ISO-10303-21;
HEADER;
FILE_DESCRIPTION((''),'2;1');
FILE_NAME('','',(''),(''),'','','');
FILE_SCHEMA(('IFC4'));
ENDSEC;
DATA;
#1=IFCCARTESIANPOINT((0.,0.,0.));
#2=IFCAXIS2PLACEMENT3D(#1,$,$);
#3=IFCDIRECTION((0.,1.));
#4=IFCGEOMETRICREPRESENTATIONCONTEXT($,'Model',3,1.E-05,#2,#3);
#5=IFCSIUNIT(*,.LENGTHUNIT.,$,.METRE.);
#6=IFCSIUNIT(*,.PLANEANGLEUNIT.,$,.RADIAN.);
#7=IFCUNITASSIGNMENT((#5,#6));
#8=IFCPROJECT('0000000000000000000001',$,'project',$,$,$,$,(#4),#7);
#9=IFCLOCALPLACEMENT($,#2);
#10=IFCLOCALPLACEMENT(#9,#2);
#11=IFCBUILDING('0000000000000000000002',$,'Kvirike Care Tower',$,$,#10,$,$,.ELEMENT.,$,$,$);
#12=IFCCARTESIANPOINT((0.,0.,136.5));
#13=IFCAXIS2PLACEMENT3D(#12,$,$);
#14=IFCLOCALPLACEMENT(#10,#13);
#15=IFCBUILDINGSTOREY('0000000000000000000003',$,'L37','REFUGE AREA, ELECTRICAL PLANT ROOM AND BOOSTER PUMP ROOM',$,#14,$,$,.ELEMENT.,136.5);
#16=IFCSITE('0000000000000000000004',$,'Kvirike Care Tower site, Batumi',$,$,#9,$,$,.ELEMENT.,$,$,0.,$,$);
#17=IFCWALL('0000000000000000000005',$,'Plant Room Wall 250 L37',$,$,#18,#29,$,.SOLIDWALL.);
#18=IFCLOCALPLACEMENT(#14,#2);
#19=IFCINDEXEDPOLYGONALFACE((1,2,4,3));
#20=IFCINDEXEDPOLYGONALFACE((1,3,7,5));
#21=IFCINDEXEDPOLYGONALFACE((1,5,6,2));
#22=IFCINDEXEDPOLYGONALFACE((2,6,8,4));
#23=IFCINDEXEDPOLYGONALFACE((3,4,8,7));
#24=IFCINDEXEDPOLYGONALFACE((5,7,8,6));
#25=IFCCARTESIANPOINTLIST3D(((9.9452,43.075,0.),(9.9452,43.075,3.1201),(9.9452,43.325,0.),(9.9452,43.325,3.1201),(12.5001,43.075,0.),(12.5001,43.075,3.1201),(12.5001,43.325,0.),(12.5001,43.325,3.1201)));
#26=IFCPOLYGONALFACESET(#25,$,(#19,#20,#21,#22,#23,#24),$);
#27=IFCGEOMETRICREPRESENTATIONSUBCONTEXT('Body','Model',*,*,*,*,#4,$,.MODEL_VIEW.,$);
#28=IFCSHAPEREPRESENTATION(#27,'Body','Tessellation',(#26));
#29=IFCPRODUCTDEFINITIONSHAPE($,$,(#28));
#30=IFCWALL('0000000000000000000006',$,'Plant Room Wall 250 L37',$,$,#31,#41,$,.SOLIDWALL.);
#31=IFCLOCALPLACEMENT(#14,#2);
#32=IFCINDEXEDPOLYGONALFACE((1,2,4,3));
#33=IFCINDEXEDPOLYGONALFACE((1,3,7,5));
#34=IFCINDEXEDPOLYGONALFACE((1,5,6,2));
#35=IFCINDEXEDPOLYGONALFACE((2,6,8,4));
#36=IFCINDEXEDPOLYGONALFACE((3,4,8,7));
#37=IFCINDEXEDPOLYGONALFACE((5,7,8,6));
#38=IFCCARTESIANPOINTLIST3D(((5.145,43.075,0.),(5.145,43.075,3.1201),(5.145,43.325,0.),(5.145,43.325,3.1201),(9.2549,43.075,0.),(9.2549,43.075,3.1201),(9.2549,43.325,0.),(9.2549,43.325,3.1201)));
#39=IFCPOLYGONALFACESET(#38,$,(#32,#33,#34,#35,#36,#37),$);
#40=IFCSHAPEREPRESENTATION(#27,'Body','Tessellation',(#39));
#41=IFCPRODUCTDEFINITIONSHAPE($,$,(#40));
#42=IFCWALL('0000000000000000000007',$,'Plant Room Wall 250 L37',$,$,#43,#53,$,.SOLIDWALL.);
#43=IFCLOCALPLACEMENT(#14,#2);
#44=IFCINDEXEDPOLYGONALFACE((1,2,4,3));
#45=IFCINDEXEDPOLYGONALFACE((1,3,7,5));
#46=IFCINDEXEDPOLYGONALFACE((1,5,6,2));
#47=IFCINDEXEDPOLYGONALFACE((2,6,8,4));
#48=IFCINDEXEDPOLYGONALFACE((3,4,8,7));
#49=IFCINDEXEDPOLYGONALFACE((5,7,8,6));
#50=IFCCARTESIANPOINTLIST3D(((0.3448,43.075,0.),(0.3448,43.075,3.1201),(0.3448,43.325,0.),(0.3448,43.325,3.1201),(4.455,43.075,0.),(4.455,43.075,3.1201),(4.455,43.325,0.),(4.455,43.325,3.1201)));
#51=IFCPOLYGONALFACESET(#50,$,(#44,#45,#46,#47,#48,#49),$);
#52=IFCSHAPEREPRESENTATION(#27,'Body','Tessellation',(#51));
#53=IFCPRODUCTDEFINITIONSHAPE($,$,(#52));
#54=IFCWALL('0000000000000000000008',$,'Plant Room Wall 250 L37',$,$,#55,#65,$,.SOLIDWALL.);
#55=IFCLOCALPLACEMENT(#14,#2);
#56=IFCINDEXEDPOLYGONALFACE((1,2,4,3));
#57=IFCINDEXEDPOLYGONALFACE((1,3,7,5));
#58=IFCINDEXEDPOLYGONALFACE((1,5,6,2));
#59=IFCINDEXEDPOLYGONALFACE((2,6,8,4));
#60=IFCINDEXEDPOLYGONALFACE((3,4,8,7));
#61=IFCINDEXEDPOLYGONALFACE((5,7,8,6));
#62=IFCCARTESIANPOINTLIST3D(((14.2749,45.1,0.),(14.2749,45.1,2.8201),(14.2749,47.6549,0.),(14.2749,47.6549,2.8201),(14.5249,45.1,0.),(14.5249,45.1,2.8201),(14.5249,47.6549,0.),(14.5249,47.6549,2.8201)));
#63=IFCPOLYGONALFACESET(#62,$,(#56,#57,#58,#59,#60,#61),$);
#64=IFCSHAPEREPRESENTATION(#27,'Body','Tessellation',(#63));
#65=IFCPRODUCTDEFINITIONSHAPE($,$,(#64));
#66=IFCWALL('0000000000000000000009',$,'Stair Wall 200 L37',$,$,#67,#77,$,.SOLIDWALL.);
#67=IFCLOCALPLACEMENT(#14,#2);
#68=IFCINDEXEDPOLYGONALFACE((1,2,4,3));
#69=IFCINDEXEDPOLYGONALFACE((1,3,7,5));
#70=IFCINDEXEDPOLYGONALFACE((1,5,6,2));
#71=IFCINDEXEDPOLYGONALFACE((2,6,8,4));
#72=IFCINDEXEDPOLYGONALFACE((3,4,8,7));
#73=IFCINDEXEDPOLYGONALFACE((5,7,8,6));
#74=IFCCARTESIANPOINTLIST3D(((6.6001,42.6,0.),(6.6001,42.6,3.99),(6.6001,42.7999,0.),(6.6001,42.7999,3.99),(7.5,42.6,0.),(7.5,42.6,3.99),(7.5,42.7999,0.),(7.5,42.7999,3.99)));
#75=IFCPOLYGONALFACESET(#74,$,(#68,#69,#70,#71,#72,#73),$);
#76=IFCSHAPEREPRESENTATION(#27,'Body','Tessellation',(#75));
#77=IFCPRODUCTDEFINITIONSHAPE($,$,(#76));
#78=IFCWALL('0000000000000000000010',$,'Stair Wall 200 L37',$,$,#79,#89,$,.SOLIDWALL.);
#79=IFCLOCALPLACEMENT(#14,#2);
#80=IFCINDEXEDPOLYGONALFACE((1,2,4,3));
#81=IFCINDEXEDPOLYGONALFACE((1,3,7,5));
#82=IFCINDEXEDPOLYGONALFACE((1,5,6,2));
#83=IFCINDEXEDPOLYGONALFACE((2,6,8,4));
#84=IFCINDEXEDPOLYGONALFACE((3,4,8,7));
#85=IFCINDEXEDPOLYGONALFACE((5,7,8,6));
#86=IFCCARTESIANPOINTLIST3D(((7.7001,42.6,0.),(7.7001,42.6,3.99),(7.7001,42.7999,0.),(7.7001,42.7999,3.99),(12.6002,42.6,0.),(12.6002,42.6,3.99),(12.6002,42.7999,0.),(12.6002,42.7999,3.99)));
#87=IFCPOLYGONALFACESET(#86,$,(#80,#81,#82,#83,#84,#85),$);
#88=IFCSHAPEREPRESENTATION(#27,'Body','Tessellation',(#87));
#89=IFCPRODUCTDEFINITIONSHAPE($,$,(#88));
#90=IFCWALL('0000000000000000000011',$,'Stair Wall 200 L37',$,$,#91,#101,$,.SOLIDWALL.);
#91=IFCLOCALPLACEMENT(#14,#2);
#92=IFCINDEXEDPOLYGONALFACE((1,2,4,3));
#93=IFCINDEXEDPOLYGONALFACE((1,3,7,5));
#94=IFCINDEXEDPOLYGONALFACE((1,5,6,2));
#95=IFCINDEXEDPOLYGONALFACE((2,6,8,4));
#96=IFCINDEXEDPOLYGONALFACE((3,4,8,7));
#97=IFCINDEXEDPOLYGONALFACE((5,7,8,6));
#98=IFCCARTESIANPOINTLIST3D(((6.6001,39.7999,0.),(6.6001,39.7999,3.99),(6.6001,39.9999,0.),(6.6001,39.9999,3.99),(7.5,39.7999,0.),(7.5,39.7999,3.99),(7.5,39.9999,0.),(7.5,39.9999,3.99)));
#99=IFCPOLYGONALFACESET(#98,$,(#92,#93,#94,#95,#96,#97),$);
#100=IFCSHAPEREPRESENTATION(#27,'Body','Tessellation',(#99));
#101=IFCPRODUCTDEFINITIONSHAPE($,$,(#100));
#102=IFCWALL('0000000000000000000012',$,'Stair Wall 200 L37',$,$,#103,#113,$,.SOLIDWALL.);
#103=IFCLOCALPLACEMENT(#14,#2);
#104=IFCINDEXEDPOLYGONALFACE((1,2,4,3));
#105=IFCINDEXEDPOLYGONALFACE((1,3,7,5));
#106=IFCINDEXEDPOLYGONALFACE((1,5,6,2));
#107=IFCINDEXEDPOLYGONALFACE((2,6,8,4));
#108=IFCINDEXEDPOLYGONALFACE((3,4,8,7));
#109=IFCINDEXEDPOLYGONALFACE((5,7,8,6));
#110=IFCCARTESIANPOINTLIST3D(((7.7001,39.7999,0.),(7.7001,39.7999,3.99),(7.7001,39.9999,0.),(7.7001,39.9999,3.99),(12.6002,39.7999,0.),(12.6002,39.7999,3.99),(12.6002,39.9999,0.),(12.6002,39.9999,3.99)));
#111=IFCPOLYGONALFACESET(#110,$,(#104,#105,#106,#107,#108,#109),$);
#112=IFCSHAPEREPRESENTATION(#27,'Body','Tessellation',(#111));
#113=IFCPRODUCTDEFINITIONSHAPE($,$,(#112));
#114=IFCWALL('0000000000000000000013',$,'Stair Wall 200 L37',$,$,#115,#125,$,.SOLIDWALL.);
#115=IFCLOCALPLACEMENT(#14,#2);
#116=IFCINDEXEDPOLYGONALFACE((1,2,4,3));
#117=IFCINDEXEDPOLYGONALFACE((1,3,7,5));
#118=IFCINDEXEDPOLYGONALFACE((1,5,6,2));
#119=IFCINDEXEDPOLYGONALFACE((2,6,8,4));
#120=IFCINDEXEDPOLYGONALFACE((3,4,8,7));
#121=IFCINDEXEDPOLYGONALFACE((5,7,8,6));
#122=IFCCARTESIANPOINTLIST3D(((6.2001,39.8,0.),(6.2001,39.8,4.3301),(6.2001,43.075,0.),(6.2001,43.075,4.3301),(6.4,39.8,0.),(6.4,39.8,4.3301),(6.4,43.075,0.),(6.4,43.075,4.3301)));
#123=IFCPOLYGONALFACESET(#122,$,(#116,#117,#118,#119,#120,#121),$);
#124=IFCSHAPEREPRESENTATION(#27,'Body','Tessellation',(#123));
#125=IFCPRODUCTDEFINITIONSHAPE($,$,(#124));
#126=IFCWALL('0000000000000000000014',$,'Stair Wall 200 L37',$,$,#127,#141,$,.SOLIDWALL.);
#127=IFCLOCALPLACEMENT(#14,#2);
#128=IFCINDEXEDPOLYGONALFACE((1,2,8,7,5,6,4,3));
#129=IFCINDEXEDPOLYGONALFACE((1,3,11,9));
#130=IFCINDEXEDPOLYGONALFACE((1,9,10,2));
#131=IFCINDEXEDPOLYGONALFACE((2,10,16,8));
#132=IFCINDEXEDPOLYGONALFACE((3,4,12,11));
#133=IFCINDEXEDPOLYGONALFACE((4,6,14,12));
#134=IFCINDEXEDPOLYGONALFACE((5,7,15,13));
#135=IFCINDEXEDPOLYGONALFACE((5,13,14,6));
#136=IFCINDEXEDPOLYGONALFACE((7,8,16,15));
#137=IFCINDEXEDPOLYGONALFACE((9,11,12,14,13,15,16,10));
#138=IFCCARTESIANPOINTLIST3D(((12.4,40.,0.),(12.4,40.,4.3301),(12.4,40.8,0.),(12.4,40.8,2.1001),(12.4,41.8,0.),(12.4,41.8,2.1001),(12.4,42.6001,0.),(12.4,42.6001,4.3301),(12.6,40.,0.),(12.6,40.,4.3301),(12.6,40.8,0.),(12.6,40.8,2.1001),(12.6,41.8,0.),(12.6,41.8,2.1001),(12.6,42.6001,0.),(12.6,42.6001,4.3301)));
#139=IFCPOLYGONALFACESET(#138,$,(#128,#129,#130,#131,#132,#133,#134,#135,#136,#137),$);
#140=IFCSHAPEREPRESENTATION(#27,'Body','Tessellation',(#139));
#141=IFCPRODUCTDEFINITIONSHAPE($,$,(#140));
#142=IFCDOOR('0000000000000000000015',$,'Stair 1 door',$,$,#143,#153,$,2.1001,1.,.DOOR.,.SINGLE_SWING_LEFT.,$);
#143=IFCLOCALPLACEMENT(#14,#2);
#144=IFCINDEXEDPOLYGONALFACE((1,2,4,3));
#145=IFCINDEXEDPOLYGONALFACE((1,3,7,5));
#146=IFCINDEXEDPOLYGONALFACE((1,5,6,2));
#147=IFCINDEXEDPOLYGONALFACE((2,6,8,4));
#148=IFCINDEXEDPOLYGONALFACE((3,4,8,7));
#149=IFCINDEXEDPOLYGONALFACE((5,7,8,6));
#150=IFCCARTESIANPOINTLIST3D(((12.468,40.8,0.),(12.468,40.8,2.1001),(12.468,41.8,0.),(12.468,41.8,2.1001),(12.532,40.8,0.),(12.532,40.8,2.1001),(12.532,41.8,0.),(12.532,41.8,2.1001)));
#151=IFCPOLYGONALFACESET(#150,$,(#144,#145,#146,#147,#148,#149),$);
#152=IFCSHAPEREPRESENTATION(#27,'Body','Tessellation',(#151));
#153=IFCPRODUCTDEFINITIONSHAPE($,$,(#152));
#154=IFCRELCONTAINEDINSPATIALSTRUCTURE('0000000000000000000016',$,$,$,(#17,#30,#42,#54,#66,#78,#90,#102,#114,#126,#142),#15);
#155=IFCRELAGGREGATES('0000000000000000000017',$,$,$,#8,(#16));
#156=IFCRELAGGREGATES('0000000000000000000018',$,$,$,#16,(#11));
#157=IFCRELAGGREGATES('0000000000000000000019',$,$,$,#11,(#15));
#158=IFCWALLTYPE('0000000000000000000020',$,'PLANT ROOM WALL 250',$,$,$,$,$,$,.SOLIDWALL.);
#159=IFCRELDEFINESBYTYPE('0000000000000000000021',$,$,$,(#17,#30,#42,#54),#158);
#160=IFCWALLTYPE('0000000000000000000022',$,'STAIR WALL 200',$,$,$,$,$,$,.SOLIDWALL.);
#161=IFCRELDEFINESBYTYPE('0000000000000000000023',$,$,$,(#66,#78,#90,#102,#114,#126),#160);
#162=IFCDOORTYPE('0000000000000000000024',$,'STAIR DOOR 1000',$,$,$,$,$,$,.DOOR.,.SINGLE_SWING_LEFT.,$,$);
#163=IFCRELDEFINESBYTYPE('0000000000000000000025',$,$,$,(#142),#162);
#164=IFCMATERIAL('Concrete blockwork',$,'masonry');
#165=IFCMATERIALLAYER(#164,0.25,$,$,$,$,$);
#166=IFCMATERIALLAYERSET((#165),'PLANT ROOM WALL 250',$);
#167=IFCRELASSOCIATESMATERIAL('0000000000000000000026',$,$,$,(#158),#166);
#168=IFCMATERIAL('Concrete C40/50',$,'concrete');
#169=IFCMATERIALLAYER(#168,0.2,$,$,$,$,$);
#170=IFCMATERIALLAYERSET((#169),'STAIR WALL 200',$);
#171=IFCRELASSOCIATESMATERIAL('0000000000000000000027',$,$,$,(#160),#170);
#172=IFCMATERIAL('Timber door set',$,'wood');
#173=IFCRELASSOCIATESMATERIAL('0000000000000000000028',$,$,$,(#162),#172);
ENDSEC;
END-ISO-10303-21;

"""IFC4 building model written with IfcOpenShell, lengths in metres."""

from ifc_helpers import new_model, si_unit, direction, frame, frame_2d, origin, place, context, subcontext, project, spatial, rectangle, extrude, material, layer, layer_set, type_object, element, fill, save


model = new_model("IFC4")

# Units and contexts
model_context = context("Model", 3, precision=1e-05, world=origin(), true_north=direction((0.0, 1.0)))
body_context = subcontext(model_context, "Body", "Model", "MODEL_VIEW")
ifc_project = project(units=[si_unit("LENGTHUNIT", "METRE"), si_unit("PLANEANGLEUNIT", "RADIAN")], contexts=[model_context])

# Site, building, storey
site_placement = place(None, origin())
site = spatial("IfcSite", under=ifc_project, at=site_placement, Name="Kvirike Care Tower site, Batumi", CompositionType="ELEMENT", RefElevation=0.0)
building_placement = place(site_placement, origin())
building = spatial("IfcBuilding", under=site, at=building_placement, Name="Kvirike Care Tower", CompositionType="ELEMENT")
storey_placement = place(building_placement, frame((0.0, 0.0, 136.5)))
storey = spatial("IfcBuildingStorey", under=building, at=storey_placement, Name="L37", Description="REFUGE AREA, ELECTRICAL PLANT ROOM AND BOOSTER PUMP ROOM", CompositionType="ELEMENT", Elevation=136.5)

# Shared definitions
ifc_material_1 = material(Name="Concrete blockwork", Category="masonry")
ifc_layer_1 = layer(ifc_material_1, 0.25)
ifc_layer_set_1 = layer_set([ifc_layer_1], Name="PLANT ROOM WALL 250")
wall_type_1 = type_object("IfcWallType", Name="PLANT ROOM WALL 250", PredefinedType="SOLIDWALL", material=ifc_layer_set_1)

# Walls
wall_1_placement = place(storey_placement, frame((12.5, 43.2, 0.0), z_axis=(0.0, 0.0, 1.0), x_axis=(-1.0, 0.0, 0.0)))
element("IfcWall", 1, at=wall_1_placement, inside=storey, type_object=wall_type_1, Name="Plant Room Wall 250 L37", PredefinedType="SOLIDWALL", context=body_context, shape_type="SweptSolid", body=[
    extrude(rectangle(XDim=2.5549, YDim=0.25, at=frame_2d((1.2773, 0.0))), origin(), (0.0, 0.0, 1.0), 3.1201),
])
wall_2_placement = place(storey_placement, frame((9.2549, 43.2, 0.0), z_axis=(0.0, 0.0, 1.0), x_axis=(-1.0, 0.0, 0.0)))
element("IfcWall", 2, at=wall_2_placement, inside=storey, type_object=wall_type_1, Name="Plant Room Wall 250 L37", PredefinedType="SOLIDWALL", context=body_context, shape_type="SweptSolid", body=[
    extrude(rectangle(XDim=4.1099, YDim=0.25, at=frame_2d((2.0549, 0.0))), origin(), (0.0, 0.0, 1.0), 3.1201),
])
wall_3_placement = place(storey_placement, frame((4.4551, 43.2, 0.0), z_axis=(0.0, 0.0, 1.0), x_axis=(-1.0, 0.0, 0.0)))
element("IfcWall", 3, at=wall_3_placement, inside=storey, type_object=wall_type_1, Name="Plant Room Wall 250 L37", PredefinedType="SOLIDWALL", context=body_context, shape_type="SweptSolid", body=[
    extrude(rectangle(XDim=4.1101, YDim=0.25, at=frame_2d((2.0552, 0.0))), origin(), (0.0, 0.0, 1.0), 3.1201),
])
wall_4_placement = place(storey_placement, frame((14.3999, 45.1001, 0.0), z_axis=(0.0, 0.0, 1.0), x_axis=(0.0, 1.0, 0.0)))
element("IfcWall", 4, at=wall_4_placement, inside=storey, type_object=wall_type_1, Name="Plant Room Wall 250 L37", PredefinedType="SOLIDWALL", context=body_context, shape_type="SweptSolid", body=[
    extrude(rectangle(XDim=2.5549, YDim=0.25, at=frame_2d((1.2773, 0.0))), origin(), (0.0, 0.0, 1.0), 2.8201),
])
ifc_material_2 = material(Name="Concrete C40/50", Category="concrete")
ifc_layer_2 = layer(ifc_material_2, 0.2)
ifc_layer_set_2 = layer_set([ifc_layer_2], Name="STAIR WALL 200")
wall_type_2 = type_object("IfcWallType", Name="STAIR WALL 200", PredefinedType="SOLIDWALL", material=ifc_layer_set_2)
wall_5_placement = place(storey_placement, frame((6.6001, 42.7, 0.0), z_axis=(0.0, 0.0, 1.0), x_axis=(1.0, 0.0, 0.0)))
element("IfcWall", 5, at=wall_5_placement, inside=storey, type_object=wall_type_2, Name="Stair Wall 200 L37", PredefinedType="SOLIDWALL", context=body_context, shape_type="SweptSolid", body=[
    extrude(rectangle(XDim=0.8999, YDim=0.2, at=frame_2d((0.45, 0.0))), origin(), (0.0, 0.0, 1.0), 3.99),
])
wall_6_placement = place(storey_placement, frame((7.7, 42.7, 0.0), z_axis=(0.0, 0.0, 1.0), x_axis=(1.0, 0.0, 0.0)))
element("IfcWall", 6, at=wall_6_placement, inside=storey, type_object=wall_type_2, Name="Stair Wall 200 L37", PredefinedType="SOLIDWALL", context=body_context, shape_type="SweptSolid", body=[
    extrude(rectangle(XDim=4.9001, YDim=0.2, at=frame_2d((2.4502, 0.0))), origin(), (0.0, 0.0, 1.0), 3.99),
])
wall_7_placement = place(storey_placement, frame((6.6001, 39.8999, 0.0), z_axis=(0.0, 0.0, 1.0), x_axis=(1.0, 0.0, 0.0)))
element("IfcWall", 7, at=wall_7_placement, inside=storey, type_object=wall_type_2, Name="Stair Wall 200 L37", PredefinedType="SOLIDWALL", context=body_context, shape_type="SweptSolid", body=[
    extrude(rectangle(XDim=0.8999, YDim=0.2, at=frame_2d((0.45, 0.0))), origin(), (0.0, 0.0, 1.0), 3.99),
])
wall_8_placement = place(storey_placement, frame((7.7, 39.8999, 0.0), z_axis=(0.0, 0.0, 1.0), x_axis=(1.0, 0.0, 0.0)))
element("IfcWall", 8, at=wall_8_placement, inside=storey, type_object=wall_type_2, Name="Stair Wall 200 L37", PredefinedType="SOLIDWALL", context=body_context, shape_type="SweptSolid", body=[
    extrude(rectangle(XDim=4.9001, YDim=0.2, at=frame_2d((2.4502, 0.0))), origin(), (0.0, 0.0, 1.0), 3.99),
])
wall_9_placement = place(storey_placement, frame((6.3, 43.075, 0.0), z_axis=(0.0, 0.0, 1.0), x_axis=(0.0, -1.0, 0.0)))
element("IfcWall", 9, at=wall_9_placement, inside=storey, type_object=wall_type_2, Name="Stair Wall 200 L37", PredefinedType="SOLIDWALL", context=body_context, shape_type="SweptSolid", body=[
    extrude(rectangle(XDim=3.2749, YDim=0.2, at=frame_2d((1.6375, 0.0))), origin(), (0.0, 0.0, 1.0), 4.3301),
])

# Wall, opening, door
wall_10_placement = place(storey_placement, frame((12.5, 42.6001, 0.0), z_axis=(0.0, 0.0, 1.0), x_axis=(0.0, -1.0, 0.0)))
wall_10 = element("IfcWall", 10, at=wall_10_placement, inside=storey, type_object=wall_type_2, Name="Stair Wall 200 L37", PredefinedType="SOLIDWALL", context=body_context, shape_type="SweptSolid", body=[
    extrude(rectangle(XDim=2.6001, YDim=0.2, at=frame_2d((1.3, 0.0))), origin(), (0.0, 0.0, 1.0), 4.3301),
])
opening_1_placement = place(wall_10_placement, frame((0.8, 0.0, 0.0)))
opening_1 = element("IfcOpeningElement", 11, at=opening_1_placement, cuts=wall_10, PredefinedType="OPENING", context=body_context, shape_type="SweptSolid", body=[
    extrude(rectangle(XDim=1.0, YDim=2.1001, at=frame_2d((0.5, 1.05))), frame((0.0, 0.1106, 0.0), z_axis=(0.0, -1.0, 0.0), x_axis=(1.0, 0.0, 0.0)), (0.0, 0.0, 1.0), 0.2209),
])
ifc_material_3 = material(Name="Timber door set", Category="wood")
door_type_1 = type_object("IfcDoorType", Name="STAIR DOOR 1000", OperationType="SINGLE_SWING_LEFT", PredefinedType="DOOR", material=ifc_material_3)
door_1_placement = place(opening_1_placement, frame((1.0, 0.0, 0.0), z_axis=(0.0, 0.0, 1.0), x_axis=(-1.0, 0.0, 0.0)))
door_1 = element("IfcDoor", 12, at=door_1_placement, inside=storey, type_object=door_type_1, Name="Stair 1 door", OperationType="SINGLE_SWING_LEFT", OverallHeight=2.1001, OverallWidth=1.0, PredefinedType="DOOR", context=body_context, shape_type="SweptSolid", body=[
    extrude(rectangle(XDim=1.0, YDim=2.1001, at=frame_2d((0.5, 1.05))), frame((0.0, 0.032, 0.0), z_axis=(0.0, -1.0, 0.0), x_axis=(1.0, 0.0, 0.0)), (0.0, 0.0, 1.0), 0.064),
])
fill(opening_1, door_1)

save(model, "model.ifc")
